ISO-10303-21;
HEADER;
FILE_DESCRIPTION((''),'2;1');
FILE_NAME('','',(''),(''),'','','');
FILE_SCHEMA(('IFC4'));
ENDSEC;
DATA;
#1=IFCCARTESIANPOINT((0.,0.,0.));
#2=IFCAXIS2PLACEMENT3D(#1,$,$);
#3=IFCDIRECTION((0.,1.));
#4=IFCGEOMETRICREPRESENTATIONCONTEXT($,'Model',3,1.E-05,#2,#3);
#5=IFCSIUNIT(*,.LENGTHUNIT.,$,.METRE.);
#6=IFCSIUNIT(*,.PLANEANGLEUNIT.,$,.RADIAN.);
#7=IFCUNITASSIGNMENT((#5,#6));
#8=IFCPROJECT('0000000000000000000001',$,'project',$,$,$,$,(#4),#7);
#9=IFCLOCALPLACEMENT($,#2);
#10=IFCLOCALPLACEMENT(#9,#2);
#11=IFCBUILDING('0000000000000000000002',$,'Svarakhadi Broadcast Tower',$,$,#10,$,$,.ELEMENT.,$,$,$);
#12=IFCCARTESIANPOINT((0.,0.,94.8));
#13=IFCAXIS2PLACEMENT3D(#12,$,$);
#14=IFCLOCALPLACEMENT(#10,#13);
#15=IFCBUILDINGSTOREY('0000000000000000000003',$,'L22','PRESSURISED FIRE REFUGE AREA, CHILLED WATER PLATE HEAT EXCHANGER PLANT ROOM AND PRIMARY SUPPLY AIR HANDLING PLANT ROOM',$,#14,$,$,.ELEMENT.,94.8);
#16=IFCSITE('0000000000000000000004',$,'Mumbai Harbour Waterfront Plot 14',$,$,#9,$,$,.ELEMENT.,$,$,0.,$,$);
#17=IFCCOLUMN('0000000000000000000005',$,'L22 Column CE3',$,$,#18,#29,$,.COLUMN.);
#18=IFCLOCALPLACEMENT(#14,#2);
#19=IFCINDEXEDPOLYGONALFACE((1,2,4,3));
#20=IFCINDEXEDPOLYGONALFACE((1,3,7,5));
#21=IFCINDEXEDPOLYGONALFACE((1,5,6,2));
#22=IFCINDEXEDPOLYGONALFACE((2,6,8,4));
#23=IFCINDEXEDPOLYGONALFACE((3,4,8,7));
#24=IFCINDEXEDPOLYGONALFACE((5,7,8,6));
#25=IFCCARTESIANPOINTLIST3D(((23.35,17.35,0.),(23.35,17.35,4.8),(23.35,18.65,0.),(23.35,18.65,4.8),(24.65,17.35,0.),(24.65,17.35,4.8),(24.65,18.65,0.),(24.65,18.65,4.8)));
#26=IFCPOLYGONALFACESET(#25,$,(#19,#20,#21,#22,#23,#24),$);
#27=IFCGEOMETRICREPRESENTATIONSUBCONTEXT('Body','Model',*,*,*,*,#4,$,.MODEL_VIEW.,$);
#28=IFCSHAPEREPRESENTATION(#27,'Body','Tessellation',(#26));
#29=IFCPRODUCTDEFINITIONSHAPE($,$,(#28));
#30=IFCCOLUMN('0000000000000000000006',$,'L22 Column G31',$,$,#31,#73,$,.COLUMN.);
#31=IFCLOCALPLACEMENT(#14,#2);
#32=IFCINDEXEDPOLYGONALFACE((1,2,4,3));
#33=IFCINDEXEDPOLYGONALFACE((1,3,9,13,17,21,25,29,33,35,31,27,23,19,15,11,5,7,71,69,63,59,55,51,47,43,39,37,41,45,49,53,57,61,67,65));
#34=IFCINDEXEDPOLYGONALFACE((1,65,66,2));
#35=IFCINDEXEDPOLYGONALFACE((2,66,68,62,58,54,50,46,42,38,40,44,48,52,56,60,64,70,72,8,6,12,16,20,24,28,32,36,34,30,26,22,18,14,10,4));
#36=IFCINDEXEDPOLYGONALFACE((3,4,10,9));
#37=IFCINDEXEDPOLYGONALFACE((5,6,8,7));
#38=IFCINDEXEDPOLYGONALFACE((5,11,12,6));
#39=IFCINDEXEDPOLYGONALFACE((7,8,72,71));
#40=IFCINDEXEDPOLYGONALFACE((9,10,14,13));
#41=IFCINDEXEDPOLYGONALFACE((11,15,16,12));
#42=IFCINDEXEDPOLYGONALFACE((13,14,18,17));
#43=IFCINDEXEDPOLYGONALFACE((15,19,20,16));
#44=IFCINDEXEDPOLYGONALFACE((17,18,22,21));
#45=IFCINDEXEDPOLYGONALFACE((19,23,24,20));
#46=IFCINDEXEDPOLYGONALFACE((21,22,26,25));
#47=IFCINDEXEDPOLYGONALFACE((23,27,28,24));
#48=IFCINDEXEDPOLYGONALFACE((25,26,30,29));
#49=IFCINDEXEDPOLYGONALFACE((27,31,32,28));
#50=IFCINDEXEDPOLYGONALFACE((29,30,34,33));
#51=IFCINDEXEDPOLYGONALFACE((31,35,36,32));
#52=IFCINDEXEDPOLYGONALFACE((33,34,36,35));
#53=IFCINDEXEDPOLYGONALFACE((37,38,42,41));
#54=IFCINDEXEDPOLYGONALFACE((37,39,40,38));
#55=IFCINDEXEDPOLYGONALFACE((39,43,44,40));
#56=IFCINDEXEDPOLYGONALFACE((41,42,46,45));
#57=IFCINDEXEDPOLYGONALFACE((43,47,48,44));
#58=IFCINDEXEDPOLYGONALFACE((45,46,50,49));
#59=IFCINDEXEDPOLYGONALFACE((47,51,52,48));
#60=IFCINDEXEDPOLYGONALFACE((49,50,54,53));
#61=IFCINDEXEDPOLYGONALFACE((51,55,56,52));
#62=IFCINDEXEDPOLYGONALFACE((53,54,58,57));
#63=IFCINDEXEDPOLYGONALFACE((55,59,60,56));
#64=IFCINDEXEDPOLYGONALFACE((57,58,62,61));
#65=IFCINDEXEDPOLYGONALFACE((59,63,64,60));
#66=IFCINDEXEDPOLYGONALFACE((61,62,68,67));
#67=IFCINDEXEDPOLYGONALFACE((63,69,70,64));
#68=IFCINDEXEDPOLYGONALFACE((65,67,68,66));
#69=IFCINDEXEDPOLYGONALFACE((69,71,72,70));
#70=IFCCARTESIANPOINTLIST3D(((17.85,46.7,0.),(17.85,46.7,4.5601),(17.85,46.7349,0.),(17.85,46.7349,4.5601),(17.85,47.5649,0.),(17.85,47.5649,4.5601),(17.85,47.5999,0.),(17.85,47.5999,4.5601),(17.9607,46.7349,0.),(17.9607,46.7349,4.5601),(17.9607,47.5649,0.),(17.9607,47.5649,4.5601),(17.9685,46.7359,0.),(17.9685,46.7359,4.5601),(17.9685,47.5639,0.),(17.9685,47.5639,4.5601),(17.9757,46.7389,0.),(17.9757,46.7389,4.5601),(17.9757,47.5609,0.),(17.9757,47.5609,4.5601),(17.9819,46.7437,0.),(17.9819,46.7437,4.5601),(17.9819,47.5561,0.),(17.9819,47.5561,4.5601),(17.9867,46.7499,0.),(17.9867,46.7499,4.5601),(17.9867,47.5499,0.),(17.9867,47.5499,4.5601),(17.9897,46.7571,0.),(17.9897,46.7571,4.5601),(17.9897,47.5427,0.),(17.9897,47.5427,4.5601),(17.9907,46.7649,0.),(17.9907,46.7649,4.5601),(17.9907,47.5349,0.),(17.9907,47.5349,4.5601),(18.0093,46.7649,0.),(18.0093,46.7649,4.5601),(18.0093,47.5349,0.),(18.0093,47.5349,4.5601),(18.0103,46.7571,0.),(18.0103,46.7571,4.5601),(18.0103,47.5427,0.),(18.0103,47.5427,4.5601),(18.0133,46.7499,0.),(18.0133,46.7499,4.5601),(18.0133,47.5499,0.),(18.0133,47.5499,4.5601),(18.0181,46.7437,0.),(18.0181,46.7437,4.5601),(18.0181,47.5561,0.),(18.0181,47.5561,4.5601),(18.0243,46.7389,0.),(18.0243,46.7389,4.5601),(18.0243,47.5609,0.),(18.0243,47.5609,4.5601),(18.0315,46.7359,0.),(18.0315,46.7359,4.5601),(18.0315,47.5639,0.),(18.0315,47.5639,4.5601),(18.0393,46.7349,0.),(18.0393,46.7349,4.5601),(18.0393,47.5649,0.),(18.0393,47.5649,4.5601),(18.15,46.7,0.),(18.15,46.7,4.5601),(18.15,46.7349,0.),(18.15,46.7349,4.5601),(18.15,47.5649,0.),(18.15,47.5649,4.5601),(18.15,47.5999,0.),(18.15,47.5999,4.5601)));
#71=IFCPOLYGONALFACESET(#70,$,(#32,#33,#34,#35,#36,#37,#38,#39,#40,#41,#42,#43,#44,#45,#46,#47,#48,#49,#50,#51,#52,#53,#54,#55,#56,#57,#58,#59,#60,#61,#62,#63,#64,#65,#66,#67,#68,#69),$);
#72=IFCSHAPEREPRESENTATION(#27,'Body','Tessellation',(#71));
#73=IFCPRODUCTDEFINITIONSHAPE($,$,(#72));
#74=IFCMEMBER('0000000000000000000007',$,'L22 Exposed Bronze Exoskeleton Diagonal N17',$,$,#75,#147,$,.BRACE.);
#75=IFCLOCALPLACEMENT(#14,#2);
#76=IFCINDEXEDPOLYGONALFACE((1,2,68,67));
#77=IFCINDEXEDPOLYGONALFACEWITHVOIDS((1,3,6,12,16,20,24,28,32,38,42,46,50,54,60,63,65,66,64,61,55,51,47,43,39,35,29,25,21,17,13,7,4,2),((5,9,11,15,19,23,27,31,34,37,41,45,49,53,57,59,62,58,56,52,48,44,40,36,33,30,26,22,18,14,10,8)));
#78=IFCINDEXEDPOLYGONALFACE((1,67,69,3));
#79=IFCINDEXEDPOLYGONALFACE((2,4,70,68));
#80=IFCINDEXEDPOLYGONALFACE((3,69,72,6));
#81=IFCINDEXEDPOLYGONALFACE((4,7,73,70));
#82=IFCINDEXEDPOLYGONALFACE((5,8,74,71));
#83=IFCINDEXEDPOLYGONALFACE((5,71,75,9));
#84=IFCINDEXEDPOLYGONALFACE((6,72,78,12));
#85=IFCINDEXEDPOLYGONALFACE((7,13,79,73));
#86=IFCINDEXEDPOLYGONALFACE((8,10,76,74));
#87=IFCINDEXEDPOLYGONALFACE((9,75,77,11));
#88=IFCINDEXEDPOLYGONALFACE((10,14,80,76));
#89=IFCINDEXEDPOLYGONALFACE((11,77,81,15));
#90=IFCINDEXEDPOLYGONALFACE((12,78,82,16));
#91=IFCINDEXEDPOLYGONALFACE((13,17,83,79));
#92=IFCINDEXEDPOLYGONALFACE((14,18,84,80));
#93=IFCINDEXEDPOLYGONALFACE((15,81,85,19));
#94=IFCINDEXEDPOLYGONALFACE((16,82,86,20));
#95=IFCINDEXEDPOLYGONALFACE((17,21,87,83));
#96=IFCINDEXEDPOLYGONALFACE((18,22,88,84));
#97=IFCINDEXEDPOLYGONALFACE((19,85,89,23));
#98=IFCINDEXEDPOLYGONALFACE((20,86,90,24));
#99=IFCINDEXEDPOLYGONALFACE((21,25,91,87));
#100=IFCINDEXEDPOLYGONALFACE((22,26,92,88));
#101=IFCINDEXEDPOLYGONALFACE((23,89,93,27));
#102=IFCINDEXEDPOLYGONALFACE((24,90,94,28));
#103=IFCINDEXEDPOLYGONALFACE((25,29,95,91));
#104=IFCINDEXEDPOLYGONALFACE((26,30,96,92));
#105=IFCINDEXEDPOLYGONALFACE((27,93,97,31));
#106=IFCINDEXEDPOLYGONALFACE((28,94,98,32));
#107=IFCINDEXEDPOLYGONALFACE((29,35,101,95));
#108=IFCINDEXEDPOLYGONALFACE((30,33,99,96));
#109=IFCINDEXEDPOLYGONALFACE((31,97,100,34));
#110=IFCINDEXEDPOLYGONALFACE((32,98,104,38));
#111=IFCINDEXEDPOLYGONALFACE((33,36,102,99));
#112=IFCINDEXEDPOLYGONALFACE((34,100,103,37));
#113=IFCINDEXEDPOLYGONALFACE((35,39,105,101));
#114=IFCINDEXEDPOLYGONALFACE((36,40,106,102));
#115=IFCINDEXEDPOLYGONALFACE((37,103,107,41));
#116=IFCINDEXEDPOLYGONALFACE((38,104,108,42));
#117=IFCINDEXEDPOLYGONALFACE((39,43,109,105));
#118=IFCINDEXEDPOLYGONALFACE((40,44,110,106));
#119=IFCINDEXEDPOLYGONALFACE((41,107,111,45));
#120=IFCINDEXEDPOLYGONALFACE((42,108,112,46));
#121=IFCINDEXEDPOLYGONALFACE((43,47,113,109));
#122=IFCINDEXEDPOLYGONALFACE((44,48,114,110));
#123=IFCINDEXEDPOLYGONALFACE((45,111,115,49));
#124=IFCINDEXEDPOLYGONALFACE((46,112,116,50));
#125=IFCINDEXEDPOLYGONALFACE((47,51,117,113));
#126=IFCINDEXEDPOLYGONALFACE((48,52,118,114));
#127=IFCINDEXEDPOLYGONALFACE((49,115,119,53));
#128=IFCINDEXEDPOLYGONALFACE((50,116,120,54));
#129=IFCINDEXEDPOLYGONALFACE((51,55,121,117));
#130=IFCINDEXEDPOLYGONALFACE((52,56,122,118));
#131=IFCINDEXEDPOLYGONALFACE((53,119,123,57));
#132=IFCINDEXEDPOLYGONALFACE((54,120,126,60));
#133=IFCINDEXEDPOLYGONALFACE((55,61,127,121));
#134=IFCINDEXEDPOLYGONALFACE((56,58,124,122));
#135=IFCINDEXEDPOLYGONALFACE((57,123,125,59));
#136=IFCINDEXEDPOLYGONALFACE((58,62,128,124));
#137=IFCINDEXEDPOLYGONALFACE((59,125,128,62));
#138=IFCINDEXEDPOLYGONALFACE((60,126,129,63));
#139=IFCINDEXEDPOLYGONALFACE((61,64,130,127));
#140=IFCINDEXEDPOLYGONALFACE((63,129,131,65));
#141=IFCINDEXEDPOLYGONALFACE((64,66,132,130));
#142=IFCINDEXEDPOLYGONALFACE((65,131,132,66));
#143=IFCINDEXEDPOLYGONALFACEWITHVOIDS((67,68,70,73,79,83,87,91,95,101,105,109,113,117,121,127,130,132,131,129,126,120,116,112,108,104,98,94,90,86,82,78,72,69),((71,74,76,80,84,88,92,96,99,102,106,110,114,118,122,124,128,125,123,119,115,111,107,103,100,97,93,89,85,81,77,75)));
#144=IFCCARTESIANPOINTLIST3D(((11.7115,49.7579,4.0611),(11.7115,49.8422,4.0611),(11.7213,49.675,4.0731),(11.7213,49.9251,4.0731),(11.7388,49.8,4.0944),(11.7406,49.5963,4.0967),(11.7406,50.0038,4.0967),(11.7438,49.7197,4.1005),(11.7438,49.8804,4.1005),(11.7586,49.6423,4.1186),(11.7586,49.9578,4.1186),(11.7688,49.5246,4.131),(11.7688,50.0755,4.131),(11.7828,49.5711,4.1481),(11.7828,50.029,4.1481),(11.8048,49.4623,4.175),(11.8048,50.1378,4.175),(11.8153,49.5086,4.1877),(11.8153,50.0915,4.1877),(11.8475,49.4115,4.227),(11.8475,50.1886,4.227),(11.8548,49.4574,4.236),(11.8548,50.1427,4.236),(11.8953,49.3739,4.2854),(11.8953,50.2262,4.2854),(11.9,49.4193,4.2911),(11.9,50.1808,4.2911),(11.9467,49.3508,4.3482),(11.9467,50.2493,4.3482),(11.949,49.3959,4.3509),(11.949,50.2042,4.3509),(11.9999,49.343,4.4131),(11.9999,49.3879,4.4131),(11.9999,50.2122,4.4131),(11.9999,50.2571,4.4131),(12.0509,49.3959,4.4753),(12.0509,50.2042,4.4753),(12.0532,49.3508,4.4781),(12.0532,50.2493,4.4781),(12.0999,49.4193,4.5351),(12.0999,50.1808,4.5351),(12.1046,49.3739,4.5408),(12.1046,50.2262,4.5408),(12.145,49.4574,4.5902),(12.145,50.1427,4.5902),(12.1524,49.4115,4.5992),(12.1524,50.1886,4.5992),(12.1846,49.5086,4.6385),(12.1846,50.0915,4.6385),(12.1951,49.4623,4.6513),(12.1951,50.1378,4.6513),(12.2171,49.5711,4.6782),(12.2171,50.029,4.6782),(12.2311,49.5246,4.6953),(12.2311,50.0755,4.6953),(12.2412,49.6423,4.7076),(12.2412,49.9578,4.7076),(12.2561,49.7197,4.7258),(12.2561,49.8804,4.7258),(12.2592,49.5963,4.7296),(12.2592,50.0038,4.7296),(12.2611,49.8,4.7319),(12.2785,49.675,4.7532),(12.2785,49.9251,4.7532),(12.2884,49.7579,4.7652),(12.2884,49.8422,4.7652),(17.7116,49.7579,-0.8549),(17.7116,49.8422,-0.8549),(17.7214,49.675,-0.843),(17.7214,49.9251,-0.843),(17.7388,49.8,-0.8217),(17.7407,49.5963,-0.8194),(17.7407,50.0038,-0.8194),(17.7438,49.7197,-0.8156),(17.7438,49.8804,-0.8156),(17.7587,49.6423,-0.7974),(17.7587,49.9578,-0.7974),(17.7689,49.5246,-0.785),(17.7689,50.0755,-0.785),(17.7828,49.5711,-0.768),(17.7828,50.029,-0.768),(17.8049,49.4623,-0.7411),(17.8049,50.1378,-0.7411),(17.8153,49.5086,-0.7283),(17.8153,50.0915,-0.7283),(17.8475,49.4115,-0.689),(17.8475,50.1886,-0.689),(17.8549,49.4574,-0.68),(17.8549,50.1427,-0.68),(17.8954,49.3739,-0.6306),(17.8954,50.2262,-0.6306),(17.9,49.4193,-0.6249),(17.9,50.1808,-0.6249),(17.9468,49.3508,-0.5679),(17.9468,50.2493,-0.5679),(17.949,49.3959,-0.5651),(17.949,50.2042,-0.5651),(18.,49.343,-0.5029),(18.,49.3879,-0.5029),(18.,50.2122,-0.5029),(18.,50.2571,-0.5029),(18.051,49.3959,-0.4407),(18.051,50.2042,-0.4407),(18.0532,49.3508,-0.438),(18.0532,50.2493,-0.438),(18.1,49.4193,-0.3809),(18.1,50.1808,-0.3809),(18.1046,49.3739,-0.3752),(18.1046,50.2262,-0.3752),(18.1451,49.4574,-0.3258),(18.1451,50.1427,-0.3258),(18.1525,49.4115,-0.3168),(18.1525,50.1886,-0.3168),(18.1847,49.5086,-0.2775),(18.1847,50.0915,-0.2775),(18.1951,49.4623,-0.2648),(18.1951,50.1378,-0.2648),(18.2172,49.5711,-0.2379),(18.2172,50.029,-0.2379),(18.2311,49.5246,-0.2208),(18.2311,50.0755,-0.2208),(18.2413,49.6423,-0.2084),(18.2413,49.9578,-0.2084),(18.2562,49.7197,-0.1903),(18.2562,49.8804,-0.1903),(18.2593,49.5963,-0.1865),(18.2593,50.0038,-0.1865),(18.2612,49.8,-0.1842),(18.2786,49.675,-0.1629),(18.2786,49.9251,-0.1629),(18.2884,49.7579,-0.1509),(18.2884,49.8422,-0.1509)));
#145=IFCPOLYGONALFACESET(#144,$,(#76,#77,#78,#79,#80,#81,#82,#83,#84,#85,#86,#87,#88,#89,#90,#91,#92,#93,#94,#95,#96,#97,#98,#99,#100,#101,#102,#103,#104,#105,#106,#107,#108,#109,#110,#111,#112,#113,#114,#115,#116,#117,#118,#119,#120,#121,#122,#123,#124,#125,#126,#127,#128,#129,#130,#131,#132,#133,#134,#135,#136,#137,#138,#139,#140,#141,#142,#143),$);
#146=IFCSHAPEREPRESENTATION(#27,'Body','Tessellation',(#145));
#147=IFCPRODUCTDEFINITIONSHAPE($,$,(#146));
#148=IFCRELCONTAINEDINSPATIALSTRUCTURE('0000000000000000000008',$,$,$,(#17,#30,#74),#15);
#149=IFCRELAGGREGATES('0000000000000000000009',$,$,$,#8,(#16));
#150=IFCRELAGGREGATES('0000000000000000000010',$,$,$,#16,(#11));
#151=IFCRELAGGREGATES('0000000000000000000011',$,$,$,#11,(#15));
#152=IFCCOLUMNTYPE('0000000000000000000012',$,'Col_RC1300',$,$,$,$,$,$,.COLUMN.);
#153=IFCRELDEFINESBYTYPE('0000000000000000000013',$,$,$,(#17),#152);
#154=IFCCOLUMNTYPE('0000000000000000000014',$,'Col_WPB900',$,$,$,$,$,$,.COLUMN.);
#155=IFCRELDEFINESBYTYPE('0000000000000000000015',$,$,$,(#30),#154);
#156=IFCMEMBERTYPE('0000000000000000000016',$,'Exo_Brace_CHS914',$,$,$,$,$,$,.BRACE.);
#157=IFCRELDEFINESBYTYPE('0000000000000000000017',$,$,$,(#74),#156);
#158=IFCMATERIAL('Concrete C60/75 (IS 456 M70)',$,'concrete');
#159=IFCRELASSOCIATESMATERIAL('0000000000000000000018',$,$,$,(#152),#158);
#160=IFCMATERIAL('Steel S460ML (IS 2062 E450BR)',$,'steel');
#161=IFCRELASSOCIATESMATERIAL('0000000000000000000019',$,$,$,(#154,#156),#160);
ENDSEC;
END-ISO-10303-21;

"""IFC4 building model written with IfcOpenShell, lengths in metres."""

from ifc_helpers import new_model, si_unit, direction, frame, origin, origin_2d, place, context, subcontext, project, spatial, rectangle, hollow_circle, i_section, extrude, material, material_profile, profile_set, type_object, element, save


model = new_model("IFC4")

# Units and contexts
model_context = context("Model", 3, precision=1e-05, world=origin(), true_north=direction((0.0, 1.0)))
body_context = subcontext(model_context, "Body", "Model", "MODEL_VIEW")
ifc_project = project(units=[si_unit("LENGTHUNIT", "METRE"), si_unit("PLANEANGLEUNIT", "RADIAN")], contexts=[model_context])

# Site, building, storey
site_placement = place(None, origin())
site = spatial("IfcSite", under=ifc_project, at=site_placement, Name="Mumbai Harbour Waterfront Plot 14", CompositionType="ELEMENT", RefElevation=0.0)
building_placement = place(site_placement, origin())
building = spatial("IfcBuilding", under=site, at=building_placement, Name="Svarakhadi Broadcast Tower", CompositionType="ELEMENT")
storey_placement = place(building_placement, frame((0.0, 0.0, 94.8)))
storey = spatial("IfcBuildingStorey", under=building, at=storey_placement, Name="L22", Description="PRESSURISED FIRE REFUGE AREA, CHILLED WATER PLATE HEAT EXCHANGER PLANT ROOM AND PRIMARY SUPPLY AIR HANDLING PLANT ROOM", CompositionType="ELEMENT", Elevation=94.8)

# Columns
ifc_material_1 = material(Name="Concrete C60/75 (IS 456 M70)", Category="concrete")
ifc_material_profile_1 = material_profile(ifc_material_1, rectangle(XDim=1.3, YDim=1.3, at=origin_2d()), Name="RC 1300x1300")
ifc_profile_set_1 = profile_set([ifc_material_profile_1], Name="Concrete C60/75 (IS 456 M70)")
column_type_1 = type_object("IfcColumnType", Name="Col_RC1300", PredefinedType="COLUMN", material=ifc_profile_set_1)
column_1_placement = place(storey_placement, frame((24.0, 18.0, 0.0), z_axis=(0.0, 0.0, 1.0), x_axis=(1.0, 0.0, 0.0)))
element("IfcColumn", 1, at=column_1_placement, inside=storey, type_object=column_type_1, Name="L22 Column CE3", PredefinedType="COLUMN", context=body_context, shape_type="SweptSolid", body=[
    extrude(rectangle(XDim=1.3, YDim=1.3, at=origin_2d()), origin(), (0.0, 0.0, 1.0), 4.8),
])
ifc_material_2 = material(Name="Steel S460ML (IS 2062 E450BR)", Category="steel")
ifc_material_profile_2 = material_profile(ifc_material_2, i_section(OverallWidth=0.3, OverallDepth=0.8999, WebThickness=0.0186, FlangeThickness=0.0349, FilletRadius=0.03, at=origin_2d()), Name="WPB 900x300x291")
ifc_profile_set_2 = profile_set([ifc_material_profile_2], Name="Steel S460ML (IS 2062 E450BR)")
column_type_2 = type_object("IfcColumnType", Name="Col_WPB900", PredefinedType="COLUMN", material=ifc_profile_set_2)
column_2_placement = place(storey_placement, frame((18.0, 47.1499, 0.0), z_axis=(0.0, 0.0, 1.0), x_axis=(1.0, 0.0, 0.0)))
element("IfcColumn", 2, at=column_2_placement, inside=storey, type_object=column_type_2, Name="L22 Column G31", PredefinedType="COLUMN", context=body_context, shape_type="SweptSolid", body=[
    extrude(i_section(OverallWidth=0.3, OverallDepth=0.8999, WebThickness=0.0186, FlangeThickness=0.0349, FilletRadius=0.03, at=origin_2d()), origin(), (0.0, 0.0, 1.0), 4.5601),
])

# Member
ifc_material_profile_3 = material_profile(ifc_material_2, hollow_circle(Radius=0.457, WallThickness=0.0449, at=origin_2d()), Name="CHS 914x45")
ifc_profile_set_3 = profile_set([ifc_material_profile_3], Name="Steel S460ML (IS 2062 E450BR)")
member_type_1 = type_object("IfcMemberType", Name="Exo_Brace_CHS914", PredefinedType="BRACE", material=ifc_profile_set_3)
member_1_placement = place(storey_placement, frame((18.0, 49.8, -0.5029), z_axis=(-0.77352, 0.0, 0.633772), x_axis=(0.0, -1.0, 0.0)))
element("IfcMember", 3, at=member_1_placement, inside=storey, type_object=member_type_1, Name="L22 Exposed Bronze Exoskeleton Diagonal N17", PredefinedType="BRACE", context=body_context, shape_type="SweptSolid", body=[
    extrude(hollow_circle(Radius=0.457, WallThickness=0.0449, at=origin_2d()), origin(), (0.0, 0.0, 1.0), 7.7568),
])

save(model, "model.ifc")
